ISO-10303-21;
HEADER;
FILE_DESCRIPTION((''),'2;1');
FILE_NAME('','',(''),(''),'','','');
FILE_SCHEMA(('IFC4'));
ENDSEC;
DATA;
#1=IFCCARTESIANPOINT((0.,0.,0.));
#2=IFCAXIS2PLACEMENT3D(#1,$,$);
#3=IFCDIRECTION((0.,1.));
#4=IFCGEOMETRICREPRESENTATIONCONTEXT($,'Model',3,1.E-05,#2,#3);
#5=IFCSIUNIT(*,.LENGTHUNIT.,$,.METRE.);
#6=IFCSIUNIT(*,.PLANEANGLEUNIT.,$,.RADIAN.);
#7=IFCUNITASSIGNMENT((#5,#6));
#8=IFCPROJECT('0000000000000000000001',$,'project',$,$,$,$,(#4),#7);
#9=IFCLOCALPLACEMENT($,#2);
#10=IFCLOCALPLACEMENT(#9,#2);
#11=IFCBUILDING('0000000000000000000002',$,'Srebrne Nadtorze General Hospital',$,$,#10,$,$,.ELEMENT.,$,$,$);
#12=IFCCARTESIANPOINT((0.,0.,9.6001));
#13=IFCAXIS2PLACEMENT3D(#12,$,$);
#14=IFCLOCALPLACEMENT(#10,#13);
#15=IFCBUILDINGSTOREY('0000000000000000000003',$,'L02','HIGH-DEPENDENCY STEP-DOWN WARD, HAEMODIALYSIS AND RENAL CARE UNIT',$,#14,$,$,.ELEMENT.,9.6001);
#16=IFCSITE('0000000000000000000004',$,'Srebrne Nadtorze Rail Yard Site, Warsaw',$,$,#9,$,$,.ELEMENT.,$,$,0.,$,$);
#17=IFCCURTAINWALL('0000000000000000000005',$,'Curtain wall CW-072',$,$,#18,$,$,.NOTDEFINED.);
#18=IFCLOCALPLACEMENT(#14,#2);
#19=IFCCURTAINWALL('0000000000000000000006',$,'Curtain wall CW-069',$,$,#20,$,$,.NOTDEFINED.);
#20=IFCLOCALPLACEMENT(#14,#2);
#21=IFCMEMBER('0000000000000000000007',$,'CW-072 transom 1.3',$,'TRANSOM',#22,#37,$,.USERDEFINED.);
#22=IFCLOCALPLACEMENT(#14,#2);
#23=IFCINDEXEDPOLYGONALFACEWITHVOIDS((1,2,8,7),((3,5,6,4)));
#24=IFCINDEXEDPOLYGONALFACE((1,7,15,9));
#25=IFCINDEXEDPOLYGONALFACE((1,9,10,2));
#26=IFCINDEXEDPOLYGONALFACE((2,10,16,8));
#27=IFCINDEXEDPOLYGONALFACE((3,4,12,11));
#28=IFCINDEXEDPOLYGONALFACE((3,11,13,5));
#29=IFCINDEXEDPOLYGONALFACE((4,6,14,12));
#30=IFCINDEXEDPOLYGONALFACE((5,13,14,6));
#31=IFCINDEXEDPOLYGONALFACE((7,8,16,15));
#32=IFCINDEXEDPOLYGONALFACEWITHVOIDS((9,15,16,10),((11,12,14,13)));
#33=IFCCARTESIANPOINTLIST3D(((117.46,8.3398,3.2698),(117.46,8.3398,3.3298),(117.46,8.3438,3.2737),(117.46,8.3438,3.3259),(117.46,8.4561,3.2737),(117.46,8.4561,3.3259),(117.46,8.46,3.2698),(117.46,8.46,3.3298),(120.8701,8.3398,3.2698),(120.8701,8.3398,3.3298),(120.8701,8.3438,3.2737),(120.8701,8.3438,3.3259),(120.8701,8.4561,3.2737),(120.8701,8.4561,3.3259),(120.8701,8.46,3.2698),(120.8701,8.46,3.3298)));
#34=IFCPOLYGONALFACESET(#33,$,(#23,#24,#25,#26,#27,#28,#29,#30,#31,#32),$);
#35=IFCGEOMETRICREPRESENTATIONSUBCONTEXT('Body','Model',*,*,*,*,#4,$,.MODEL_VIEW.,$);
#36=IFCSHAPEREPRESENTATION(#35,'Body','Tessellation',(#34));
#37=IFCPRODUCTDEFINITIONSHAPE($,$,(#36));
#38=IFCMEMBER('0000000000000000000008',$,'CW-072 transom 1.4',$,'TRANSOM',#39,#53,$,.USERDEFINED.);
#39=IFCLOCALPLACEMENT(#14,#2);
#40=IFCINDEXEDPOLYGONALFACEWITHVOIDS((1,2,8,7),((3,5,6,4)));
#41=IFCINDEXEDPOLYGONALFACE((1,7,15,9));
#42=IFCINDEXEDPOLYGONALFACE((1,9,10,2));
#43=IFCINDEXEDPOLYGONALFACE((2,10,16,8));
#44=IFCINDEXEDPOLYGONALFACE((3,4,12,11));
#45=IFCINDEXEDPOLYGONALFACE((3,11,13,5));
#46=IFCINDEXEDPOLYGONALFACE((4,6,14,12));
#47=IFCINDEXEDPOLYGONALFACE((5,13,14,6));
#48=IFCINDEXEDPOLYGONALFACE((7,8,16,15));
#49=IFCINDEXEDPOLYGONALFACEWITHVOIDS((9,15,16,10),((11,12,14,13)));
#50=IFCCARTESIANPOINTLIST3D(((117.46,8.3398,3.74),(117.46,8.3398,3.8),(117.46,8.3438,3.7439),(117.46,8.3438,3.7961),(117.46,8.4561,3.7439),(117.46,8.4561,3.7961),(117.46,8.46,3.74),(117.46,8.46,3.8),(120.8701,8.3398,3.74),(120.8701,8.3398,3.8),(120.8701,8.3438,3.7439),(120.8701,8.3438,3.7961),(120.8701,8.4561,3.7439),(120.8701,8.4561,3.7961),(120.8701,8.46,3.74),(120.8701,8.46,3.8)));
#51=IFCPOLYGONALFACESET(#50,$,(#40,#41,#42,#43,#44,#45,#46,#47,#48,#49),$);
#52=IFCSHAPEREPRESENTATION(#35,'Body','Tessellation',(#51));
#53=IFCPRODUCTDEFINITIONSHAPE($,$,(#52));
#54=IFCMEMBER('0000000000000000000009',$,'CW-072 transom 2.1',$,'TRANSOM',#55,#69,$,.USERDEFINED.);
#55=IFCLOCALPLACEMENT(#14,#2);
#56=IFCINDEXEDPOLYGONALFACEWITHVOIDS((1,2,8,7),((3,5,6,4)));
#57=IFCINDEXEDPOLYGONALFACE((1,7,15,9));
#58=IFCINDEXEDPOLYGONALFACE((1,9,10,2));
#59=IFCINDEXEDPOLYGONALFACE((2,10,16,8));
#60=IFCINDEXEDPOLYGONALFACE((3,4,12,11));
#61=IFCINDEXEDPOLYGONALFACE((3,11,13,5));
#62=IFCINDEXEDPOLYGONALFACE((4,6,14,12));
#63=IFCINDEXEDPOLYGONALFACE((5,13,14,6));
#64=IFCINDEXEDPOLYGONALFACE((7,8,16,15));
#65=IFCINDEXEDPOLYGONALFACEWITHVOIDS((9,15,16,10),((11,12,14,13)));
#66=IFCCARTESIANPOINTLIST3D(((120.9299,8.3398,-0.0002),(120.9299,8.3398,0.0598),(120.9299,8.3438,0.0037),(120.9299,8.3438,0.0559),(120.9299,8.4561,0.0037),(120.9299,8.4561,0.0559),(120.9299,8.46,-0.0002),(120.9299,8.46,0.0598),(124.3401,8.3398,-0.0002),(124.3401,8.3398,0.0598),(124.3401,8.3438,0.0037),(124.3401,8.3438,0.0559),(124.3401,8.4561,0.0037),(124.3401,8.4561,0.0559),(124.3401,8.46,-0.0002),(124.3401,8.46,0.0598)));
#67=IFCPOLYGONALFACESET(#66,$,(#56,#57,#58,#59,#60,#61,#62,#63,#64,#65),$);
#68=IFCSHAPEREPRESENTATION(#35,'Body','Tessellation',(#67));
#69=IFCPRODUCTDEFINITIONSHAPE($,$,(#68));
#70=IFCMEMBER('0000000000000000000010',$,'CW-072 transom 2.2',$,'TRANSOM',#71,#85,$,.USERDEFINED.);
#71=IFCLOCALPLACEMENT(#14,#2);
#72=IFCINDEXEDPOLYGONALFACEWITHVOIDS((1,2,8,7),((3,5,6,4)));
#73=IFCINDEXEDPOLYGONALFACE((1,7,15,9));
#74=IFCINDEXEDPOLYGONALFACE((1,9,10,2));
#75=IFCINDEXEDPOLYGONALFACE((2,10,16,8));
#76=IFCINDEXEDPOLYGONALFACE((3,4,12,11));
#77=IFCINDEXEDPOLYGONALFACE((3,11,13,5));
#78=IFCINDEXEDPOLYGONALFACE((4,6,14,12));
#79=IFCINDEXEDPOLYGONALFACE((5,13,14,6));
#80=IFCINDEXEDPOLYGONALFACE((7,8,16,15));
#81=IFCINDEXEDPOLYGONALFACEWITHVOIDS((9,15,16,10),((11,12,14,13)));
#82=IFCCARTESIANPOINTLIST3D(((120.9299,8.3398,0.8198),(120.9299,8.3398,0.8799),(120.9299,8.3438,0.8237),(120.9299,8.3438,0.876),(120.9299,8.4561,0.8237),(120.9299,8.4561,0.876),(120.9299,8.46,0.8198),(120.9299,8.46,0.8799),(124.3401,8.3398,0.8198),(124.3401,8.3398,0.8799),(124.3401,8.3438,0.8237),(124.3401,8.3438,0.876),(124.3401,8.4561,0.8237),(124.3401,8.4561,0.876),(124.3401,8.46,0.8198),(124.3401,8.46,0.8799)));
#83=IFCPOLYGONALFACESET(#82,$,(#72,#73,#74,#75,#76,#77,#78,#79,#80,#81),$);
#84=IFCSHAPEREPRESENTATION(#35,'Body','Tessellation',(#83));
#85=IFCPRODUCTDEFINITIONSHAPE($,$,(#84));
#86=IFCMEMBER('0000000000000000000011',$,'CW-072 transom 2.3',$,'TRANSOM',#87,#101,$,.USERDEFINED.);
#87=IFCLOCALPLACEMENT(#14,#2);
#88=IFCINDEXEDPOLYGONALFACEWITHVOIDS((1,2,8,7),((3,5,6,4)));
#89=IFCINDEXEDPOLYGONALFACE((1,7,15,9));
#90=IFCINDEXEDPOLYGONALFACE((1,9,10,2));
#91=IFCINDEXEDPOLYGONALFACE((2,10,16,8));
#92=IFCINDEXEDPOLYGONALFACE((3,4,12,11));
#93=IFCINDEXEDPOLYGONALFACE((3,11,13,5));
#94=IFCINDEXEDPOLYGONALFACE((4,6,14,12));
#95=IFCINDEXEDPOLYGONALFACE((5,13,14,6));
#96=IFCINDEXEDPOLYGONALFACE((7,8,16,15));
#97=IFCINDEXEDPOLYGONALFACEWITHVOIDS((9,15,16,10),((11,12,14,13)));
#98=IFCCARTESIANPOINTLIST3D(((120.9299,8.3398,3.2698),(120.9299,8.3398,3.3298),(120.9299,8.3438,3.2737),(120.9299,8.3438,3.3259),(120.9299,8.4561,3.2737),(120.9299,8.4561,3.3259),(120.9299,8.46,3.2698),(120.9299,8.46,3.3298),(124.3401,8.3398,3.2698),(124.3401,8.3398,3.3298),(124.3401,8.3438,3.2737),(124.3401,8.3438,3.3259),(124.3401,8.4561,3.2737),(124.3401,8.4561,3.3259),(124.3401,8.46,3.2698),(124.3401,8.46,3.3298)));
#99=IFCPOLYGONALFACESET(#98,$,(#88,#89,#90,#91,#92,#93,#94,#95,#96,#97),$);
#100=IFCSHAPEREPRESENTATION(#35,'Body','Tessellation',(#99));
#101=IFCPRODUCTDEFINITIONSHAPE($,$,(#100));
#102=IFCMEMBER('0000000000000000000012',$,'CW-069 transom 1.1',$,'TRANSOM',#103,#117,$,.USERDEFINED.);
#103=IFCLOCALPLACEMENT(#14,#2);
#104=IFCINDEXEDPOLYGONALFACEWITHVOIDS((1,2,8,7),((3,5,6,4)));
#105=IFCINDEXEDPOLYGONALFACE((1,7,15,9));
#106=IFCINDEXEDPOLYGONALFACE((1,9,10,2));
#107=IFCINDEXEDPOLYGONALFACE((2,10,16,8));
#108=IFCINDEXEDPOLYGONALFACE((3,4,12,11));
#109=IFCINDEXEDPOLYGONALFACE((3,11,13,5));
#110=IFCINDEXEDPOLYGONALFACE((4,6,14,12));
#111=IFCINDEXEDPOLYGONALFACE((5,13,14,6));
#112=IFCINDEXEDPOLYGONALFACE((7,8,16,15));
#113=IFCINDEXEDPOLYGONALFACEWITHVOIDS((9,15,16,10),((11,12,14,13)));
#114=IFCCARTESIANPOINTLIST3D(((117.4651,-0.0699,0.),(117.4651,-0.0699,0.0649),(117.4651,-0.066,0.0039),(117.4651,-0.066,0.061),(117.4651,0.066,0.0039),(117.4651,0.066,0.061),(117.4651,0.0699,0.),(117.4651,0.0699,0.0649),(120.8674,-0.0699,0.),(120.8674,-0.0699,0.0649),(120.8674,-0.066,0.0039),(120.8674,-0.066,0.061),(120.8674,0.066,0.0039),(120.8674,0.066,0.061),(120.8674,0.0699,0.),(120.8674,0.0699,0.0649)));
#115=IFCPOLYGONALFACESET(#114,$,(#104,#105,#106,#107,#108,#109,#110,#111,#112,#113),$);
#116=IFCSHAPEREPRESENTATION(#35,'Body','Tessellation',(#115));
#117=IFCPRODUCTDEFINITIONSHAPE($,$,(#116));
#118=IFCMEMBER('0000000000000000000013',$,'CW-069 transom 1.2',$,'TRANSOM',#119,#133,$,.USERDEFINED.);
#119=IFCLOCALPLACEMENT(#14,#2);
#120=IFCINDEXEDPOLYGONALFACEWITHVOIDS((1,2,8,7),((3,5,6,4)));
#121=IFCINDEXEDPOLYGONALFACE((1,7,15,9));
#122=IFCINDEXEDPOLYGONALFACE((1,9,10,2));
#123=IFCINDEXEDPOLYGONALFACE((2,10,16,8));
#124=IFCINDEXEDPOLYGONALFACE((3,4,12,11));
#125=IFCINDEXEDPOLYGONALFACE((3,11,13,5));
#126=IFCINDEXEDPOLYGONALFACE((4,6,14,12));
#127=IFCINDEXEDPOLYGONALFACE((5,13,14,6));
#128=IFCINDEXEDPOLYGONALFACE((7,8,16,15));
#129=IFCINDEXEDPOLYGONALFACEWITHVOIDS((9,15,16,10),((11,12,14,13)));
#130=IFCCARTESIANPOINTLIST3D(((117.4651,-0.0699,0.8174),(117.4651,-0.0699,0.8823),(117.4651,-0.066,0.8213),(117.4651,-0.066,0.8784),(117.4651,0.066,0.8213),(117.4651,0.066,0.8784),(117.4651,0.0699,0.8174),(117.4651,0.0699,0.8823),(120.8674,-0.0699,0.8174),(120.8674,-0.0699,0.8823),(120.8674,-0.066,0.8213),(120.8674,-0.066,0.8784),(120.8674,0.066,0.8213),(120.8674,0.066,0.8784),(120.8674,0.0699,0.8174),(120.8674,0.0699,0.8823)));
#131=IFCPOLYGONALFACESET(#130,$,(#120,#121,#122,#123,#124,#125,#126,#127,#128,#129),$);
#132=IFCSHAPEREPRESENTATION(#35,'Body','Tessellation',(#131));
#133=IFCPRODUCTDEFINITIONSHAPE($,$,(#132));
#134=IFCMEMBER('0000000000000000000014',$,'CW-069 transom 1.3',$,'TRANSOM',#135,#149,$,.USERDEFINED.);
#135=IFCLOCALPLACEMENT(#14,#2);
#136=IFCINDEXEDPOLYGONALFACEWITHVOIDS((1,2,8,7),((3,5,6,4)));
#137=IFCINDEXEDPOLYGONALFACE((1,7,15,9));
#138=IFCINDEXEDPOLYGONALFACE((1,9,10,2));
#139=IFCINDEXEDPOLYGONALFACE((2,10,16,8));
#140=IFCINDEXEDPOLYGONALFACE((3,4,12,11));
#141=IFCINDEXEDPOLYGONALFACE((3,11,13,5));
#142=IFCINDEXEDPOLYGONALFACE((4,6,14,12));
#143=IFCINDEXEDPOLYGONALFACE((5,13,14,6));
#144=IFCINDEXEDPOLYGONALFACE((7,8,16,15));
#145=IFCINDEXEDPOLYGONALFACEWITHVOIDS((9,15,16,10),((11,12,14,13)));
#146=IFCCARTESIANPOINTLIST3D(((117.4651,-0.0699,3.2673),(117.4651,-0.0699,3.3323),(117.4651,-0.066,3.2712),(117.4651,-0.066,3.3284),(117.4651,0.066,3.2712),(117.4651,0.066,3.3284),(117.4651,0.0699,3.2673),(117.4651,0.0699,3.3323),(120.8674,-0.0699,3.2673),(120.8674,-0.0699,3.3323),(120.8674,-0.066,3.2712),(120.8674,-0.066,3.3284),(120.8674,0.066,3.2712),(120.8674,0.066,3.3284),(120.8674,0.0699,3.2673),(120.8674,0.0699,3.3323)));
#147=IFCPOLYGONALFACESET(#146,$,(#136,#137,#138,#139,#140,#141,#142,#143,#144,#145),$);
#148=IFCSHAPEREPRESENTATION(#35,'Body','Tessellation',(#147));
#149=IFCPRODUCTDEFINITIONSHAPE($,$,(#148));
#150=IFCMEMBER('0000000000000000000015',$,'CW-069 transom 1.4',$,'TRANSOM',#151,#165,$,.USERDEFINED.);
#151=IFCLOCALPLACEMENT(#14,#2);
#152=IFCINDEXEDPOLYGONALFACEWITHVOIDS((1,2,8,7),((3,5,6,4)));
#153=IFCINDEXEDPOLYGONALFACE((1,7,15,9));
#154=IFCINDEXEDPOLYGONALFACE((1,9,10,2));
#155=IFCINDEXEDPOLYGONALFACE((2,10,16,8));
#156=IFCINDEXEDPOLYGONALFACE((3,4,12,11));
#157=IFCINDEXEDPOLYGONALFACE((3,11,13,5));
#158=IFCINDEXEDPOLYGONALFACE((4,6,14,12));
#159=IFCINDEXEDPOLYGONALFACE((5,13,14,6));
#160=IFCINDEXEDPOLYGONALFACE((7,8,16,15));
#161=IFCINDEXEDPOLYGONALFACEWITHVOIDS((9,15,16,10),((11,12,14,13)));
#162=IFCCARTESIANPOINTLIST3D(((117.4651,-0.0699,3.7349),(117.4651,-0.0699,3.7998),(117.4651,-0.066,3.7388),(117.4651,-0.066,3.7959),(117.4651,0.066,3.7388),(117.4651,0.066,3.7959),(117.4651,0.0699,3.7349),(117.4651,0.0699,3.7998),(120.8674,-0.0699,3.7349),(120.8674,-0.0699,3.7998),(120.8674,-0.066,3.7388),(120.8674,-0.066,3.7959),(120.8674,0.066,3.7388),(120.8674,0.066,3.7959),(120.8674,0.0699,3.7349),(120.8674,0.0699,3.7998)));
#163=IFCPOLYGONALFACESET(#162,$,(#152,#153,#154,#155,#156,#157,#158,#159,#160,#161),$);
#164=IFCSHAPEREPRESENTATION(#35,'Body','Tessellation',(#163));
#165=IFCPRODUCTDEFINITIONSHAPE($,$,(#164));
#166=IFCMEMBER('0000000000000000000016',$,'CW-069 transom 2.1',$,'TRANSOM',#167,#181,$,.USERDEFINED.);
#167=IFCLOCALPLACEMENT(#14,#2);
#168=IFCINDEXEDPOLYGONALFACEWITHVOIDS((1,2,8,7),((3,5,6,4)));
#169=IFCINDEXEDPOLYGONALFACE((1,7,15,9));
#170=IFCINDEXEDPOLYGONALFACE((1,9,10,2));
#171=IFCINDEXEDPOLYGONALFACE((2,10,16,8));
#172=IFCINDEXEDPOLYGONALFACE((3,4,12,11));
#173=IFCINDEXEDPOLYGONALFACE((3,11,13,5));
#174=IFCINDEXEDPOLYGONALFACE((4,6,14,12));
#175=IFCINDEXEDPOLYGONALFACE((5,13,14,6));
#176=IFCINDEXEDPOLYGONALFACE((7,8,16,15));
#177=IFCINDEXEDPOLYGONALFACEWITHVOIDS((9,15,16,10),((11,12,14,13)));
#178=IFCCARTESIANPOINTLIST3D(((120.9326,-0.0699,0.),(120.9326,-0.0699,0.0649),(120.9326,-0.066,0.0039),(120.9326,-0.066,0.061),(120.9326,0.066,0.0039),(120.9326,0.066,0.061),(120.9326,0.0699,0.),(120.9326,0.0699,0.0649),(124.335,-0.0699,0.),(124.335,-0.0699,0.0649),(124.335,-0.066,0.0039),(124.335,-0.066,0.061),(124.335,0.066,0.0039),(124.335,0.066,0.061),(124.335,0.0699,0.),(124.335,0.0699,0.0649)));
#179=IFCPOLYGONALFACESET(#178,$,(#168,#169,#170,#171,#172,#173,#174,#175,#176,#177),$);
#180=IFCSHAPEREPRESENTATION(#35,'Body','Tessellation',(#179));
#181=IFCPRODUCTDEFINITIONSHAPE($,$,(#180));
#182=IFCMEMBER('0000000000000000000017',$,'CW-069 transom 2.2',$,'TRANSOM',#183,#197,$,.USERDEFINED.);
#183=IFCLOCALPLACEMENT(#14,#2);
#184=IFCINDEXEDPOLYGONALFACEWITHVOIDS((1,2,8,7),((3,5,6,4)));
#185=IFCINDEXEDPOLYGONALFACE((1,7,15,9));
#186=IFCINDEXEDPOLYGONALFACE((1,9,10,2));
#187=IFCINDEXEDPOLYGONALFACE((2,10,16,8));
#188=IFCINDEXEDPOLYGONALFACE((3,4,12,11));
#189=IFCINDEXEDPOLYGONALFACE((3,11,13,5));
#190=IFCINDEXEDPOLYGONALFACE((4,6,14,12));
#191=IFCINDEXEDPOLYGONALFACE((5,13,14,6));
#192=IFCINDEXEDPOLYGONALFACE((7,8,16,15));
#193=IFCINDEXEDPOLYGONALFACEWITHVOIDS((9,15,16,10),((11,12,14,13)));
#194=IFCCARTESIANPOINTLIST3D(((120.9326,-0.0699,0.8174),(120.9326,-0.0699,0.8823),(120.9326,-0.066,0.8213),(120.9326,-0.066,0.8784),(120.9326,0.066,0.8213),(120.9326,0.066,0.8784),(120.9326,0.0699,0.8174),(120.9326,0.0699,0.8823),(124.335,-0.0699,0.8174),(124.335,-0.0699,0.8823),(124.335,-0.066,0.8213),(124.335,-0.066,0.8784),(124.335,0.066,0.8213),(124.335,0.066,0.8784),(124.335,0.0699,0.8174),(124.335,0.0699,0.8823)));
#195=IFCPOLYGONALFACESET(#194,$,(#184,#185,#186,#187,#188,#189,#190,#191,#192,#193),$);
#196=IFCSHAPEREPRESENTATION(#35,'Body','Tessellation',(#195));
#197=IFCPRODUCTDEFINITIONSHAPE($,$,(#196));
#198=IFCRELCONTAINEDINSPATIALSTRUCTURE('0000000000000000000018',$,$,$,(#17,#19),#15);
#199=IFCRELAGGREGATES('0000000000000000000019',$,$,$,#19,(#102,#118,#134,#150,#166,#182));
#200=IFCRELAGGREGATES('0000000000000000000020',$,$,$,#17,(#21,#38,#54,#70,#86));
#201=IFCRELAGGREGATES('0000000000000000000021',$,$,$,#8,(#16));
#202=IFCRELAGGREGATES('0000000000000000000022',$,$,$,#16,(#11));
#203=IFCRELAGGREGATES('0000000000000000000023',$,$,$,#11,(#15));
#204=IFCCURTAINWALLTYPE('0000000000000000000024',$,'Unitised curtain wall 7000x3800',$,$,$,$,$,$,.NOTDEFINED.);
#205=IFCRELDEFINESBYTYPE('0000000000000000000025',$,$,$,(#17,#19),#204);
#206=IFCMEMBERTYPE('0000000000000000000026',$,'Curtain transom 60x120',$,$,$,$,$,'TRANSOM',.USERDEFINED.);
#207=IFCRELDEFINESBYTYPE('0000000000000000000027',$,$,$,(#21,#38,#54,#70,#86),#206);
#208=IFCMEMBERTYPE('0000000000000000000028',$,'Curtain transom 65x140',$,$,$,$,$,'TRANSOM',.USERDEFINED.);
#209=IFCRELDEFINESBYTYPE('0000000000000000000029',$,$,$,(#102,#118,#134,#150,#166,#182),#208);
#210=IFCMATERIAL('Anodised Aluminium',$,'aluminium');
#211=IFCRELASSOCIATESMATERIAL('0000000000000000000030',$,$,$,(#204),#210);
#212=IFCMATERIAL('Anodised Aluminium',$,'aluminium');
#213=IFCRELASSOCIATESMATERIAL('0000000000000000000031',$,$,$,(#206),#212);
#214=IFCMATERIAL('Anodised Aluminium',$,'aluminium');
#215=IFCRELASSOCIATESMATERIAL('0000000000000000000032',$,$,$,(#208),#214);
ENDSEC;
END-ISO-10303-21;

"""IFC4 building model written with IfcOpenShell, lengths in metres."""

from ifc_helpers import new_model, si_unit, direction, frame, origin, origin_2d, place, context, subcontext, project, spatial, hollow_rectangle, extrude, material, material_profile, profile_set, type_object, element, aggregate, save


model = new_model("IFC4")

# Units and contexts
model_context = context("Model", 3, precision=1e-05, world=origin(), true_north=direction((0.0, 1.0)))
body_context = subcontext(model_context, "Body", "Model", "MODEL_VIEW")
ifc_project = project(units=[si_unit("LENGTHUNIT", "METRE"), si_unit("PLANEANGLEUNIT", "RADIAN")], contexts=[model_context])

# Site, building, storey
site_placement = place(None, origin())
site = spatial("IfcSite", under=ifc_project, at=site_placement, Name="Srebrne Nadtorze Rail Yard Site, Warsaw", CompositionType="ELEMENT", RefElevation=0.0)
building_placement = place(site_placement, origin())
building = spatial("IfcBuilding", under=site, at=building_placement, Name="Srebrne Nadtorze General Hospital", CompositionType="ELEMENT")
storey_placement = place(building_placement, frame((0.0, 0.0, 9.6001)))
storey = spatial("IfcBuildingStorey", under=building, at=storey_placement, Name="L02", Description="HIGH-DEPENDENCY STEP-DOWN WARD, HAEMODIALYSIS AND RENAL CARE UNIT", CompositionType="ELEMENT", Elevation=9.6001)

# Curtain wall
ifc_material_1 = material(Name="Anodised Aluminium", Category="aluminium")
curtain_wall_type = type_object("IfcCurtainWallType", Name="Unitised curtain wall 7000x3800", PredefinedType="NOTDEFINED", material=ifc_material_1)
curtain_wall_1_placement = place(storey_placement, origin())
curtain_wall_1 = element("IfcCurtainWall", 1, at=curtain_wall_1_placement, inside=storey, type_object=curtain_wall_type, Name="Curtain wall CW-072", PredefinedType="NOTDEFINED")

# Curtain wall
curtain_wall_2_placement = place(storey_placement, origin())
curtain_wall_2 = element("IfcCurtainWall", 2, at=curtain_wall_2_placement, inside=storey, type_object=curtain_wall_type, Name="Curtain wall CW-069", PredefinedType="NOTDEFINED")

# Members
ifc_material_2 = material(Name="Anodised Aluminium", Category="aluminium")
ifc_material_profile_1 = material_profile(ifc_material_2, hollow_rectangle(XDim=0.0601, YDim=0.1201, WallThickness=0.0039, at=origin_2d()), Name="AL-TRN-60x120")
ifc_profile_set_1 = profile_set([ifc_material_profile_1], Name="Anodised Aluminium")
member_type_1 = type_object("IfcMemberType", Name="Curtain transom 60x120", ElementType="TRANSOM", PredefinedType="USERDEFINED", material=ifc_profile_set_1)
member_1_placement = place(storey_placement, frame((117.46, 8.3999, 3.2998), z_axis=(1.0, 0.0, 0.0), x_axis=(0.0, 0.0, 1.0)))
member_1 = element("IfcMember", 3, at=member_1_placement, type_object=member_type_1, Name="CW-072 transom 1.3", ObjectType="TRANSOM", PredefinedType="USERDEFINED", context=body_context, shape_type="SweptSolid", body=[
    extrude(hollow_rectangle(XDim=0.0601, YDim=0.1201, WallThickness=0.0039, at=origin_2d()), origin(), (0.0, 0.0, 1.0), 3.4102),
])
member_2_placement = place(storey_placement, frame((117.46, 8.3999, 3.77), z_axis=(1.0, 0.0, 0.0), x_axis=(0.0, 0.0, 1.0)))
member_2 = element("IfcMember", 4, at=member_2_placement, type_object=member_type_1, Name="CW-072 transom 1.4", ObjectType="TRANSOM", PredefinedType="USERDEFINED", context=body_context, shape_type="SweptSolid", body=[
    extrude(hollow_rectangle(XDim=0.0601, YDim=0.1201, WallThickness=0.0039, at=origin_2d()), origin(), (0.0, 0.0, 1.0), 3.4102),
])
member_3_placement = place(storey_placement, frame((120.9299, 8.3999, 0.0298), z_axis=(1.0, 0.0, 0.0), x_axis=(0.0, 0.0, 1.0)))
member_3 = element("IfcMember", 5, at=member_3_placement, type_object=member_type_1, Name="CW-072 transom 2.1", ObjectType="TRANSOM", PredefinedType="USERDEFINED", context=body_context, shape_type="SweptSolid", body=[
    extrude(hollow_rectangle(XDim=0.0601, YDim=0.1201, WallThickness=0.0039, at=origin_2d()), origin(), (0.0, 0.0, 1.0), 3.4102),
])
member_4_placement = place(storey_placement, frame((120.9299, 8.3999, 0.8499), z_axis=(1.0, 0.0, 0.0), x_axis=(0.0, 0.0, 1.0)))
member_4 = element("IfcMember", 6, at=member_4_placement, type_object=member_type_1, Name="CW-072 transom 2.2", ObjectType="TRANSOM", PredefinedType="USERDEFINED", context=body_context, shape_type="SweptSolid", body=[
    extrude(hollow_rectangle(XDim=0.0601, YDim=0.1201, WallThickness=0.0039, at=origin_2d()), origin(), (0.0, 0.0, 1.0), 3.4102),
])
member_5_placement = place(storey_placement, frame((120.9299, 8.3999, 3.2998), z_axis=(1.0, 0.0, 0.0), x_axis=(0.0, 0.0, 1.0)))
member_5 = element("IfcMember", 7, at=member_5_placement, type_object=member_type_1, Name="CW-072 transom 2.3", ObjectType="TRANSOM", PredefinedType="USERDEFINED", context=body_context, shape_type="SweptSolid", body=[
    extrude(hollow_rectangle(XDim=0.0601, YDim=0.1201, WallThickness=0.0039, at=origin_2d()), origin(), (0.0, 0.0, 1.0), 3.4102),
])
ifc_material_3 = material(Name="Anodised Aluminium", Category="aluminium")
ifc_material_profile_2 = material_profile(ifc_material_3, hollow_rectangle(XDim=0.0649, YDim=0.1399, WallThickness=0.0039, at=origin_2d()), Name="AL-TRN-65x140")
ifc_profile_set_2 = profile_set([ifc_material_profile_2], Name="Anodised Aluminium")
member_type_2 = type_object("IfcMemberType", Name="Curtain transom 65x140", ElementType="TRANSOM", PredefinedType="USERDEFINED", material=ifc_profile_set_2)
member_6_placement = place(storey_placement, frame((117.4651, 0.0, 0.0325), z_axis=(1.0, 0.0, 0.0), x_axis=(0.0, 0.0, 1.0)))
member_6 = element("IfcMember", 8, at=member_6_placement, type_object=member_type_2, Name="CW-069 transom 1.1", ObjectType="TRANSOM", PredefinedType="USERDEFINED", context=body_context, shape_type="SweptSolid", body=[
    extrude(hollow_rectangle(XDim=0.0649, YDim=0.1399, WallThickness=0.0039, at=origin_2d()), origin(), (0.0, 0.0, 1.0), 3.4023),
])
member_7_placement = place(storey_placement, frame((117.4651, 0.0, 0.8499), z_axis=(1.0, 0.0, 0.0), x_axis=(0.0, 0.0, 1.0)))
member_7 = element("IfcMember", 9, at=member_7_placement, type_object=member_type_2, Name="CW-069 transom 1.2", ObjectType="TRANSOM", PredefinedType="USERDEFINED", context=body_context, shape_type="SweptSolid", body=[
    extrude(hollow_rectangle(XDim=0.0649, YDim=0.1399, WallThickness=0.0039, at=origin_2d()), origin(), (0.0, 0.0, 1.0), 3.4023),
])
member_8_placement = place(storey_placement, frame((117.4651, 0.0, 3.2998), z_axis=(1.0, 0.0, 0.0), x_axis=(0.0, 0.0, 1.0)))
member_8 = element("IfcMember", 10, at=member_8_placement, type_object=member_type_2, Name="CW-069 transom 1.3", ObjectType="TRANSOM", PredefinedType="USERDEFINED", context=body_context, shape_type="SweptSolid", body=[
    extrude(hollow_rectangle(XDim=0.0649, YDim=0.1399, WallThickness=0.0039, at=origin_2d()), origin(), (0.0, 0.0, 1.0), 3.4023),
])
member_9_placement = place(storey_placement, frame((117.4651, 0.0, 3.7673), z_axis=(1.0, 0.0, 0.0), x_axis=(0.0, 0.0, 1.0)))
member_9 = element("IfcMember", 11, at=member_9_placement, type_object=member_type_2, Name="CW-069 transom 1.4", ObjectType="TRANSOM", PredefinedType="USERDEFINED", context=body_context, shape_type="SweptSolid", body=[
    extrude(hollow_rectangle(XDim=0.0649, YDim=0.1399, WallThickness=0.0039, at=origin_2d()), origin(), (0.0, 0.0, 1.0), 3.4023),
])
member_10_placement = place(storey_placement, frame((120.9326, 0.0, 0.0325), z_axis=(1.0, 0.0, 0.0), x_axis=(0.0, 0.0, 1.0)))
member_10 = element("IfcMember", 12, at=member_10_placement, type_object=member_type_2, Name="CW-069 transom 2.1", ObjectType="TRANSOM", PredefinedType="USERDEFINED", context=body_context, shape_type="SweptSolid", body=[
    extrude(hollow_rectangle(XDim=0.0649, YDim=0.1399, WallThickness=0.0039, at=origin_2d()), origin(), (0.0, 0.0, 1.0), 3.4023),
])
member_11_placement = place(storey_placement, frame((120.9326, 0.0, 0.8499), z_axis=(1.0, 0.0, 0.0), x_axis=(0.0, 0.0, 1.0)))
member_11 = element("IfcMember", 13, at=member_11_placement, type_object=member_type_2, Name="CW-069 transom 2.2", ObjectType="TRANSOM", PredefinedType="USERDEFINED", context=body_context, shape_type="SweptSolid", body=[
    extrude(hollow_rectangle(XDim=0.0649, YDim=0.1399, WallThickness=0.0039, at=origin_2d()), origin(), (0.0, 0.0, 1.0), 3.4023),
])

aggregate(curtain_wall_2, [member_6, member_7, member_8, member_9, member_10, member_11])
aggregate(curtain_wall_1, [member_1, member_2, member_3, member_4, member_5])

save(model, "model.ifc")
